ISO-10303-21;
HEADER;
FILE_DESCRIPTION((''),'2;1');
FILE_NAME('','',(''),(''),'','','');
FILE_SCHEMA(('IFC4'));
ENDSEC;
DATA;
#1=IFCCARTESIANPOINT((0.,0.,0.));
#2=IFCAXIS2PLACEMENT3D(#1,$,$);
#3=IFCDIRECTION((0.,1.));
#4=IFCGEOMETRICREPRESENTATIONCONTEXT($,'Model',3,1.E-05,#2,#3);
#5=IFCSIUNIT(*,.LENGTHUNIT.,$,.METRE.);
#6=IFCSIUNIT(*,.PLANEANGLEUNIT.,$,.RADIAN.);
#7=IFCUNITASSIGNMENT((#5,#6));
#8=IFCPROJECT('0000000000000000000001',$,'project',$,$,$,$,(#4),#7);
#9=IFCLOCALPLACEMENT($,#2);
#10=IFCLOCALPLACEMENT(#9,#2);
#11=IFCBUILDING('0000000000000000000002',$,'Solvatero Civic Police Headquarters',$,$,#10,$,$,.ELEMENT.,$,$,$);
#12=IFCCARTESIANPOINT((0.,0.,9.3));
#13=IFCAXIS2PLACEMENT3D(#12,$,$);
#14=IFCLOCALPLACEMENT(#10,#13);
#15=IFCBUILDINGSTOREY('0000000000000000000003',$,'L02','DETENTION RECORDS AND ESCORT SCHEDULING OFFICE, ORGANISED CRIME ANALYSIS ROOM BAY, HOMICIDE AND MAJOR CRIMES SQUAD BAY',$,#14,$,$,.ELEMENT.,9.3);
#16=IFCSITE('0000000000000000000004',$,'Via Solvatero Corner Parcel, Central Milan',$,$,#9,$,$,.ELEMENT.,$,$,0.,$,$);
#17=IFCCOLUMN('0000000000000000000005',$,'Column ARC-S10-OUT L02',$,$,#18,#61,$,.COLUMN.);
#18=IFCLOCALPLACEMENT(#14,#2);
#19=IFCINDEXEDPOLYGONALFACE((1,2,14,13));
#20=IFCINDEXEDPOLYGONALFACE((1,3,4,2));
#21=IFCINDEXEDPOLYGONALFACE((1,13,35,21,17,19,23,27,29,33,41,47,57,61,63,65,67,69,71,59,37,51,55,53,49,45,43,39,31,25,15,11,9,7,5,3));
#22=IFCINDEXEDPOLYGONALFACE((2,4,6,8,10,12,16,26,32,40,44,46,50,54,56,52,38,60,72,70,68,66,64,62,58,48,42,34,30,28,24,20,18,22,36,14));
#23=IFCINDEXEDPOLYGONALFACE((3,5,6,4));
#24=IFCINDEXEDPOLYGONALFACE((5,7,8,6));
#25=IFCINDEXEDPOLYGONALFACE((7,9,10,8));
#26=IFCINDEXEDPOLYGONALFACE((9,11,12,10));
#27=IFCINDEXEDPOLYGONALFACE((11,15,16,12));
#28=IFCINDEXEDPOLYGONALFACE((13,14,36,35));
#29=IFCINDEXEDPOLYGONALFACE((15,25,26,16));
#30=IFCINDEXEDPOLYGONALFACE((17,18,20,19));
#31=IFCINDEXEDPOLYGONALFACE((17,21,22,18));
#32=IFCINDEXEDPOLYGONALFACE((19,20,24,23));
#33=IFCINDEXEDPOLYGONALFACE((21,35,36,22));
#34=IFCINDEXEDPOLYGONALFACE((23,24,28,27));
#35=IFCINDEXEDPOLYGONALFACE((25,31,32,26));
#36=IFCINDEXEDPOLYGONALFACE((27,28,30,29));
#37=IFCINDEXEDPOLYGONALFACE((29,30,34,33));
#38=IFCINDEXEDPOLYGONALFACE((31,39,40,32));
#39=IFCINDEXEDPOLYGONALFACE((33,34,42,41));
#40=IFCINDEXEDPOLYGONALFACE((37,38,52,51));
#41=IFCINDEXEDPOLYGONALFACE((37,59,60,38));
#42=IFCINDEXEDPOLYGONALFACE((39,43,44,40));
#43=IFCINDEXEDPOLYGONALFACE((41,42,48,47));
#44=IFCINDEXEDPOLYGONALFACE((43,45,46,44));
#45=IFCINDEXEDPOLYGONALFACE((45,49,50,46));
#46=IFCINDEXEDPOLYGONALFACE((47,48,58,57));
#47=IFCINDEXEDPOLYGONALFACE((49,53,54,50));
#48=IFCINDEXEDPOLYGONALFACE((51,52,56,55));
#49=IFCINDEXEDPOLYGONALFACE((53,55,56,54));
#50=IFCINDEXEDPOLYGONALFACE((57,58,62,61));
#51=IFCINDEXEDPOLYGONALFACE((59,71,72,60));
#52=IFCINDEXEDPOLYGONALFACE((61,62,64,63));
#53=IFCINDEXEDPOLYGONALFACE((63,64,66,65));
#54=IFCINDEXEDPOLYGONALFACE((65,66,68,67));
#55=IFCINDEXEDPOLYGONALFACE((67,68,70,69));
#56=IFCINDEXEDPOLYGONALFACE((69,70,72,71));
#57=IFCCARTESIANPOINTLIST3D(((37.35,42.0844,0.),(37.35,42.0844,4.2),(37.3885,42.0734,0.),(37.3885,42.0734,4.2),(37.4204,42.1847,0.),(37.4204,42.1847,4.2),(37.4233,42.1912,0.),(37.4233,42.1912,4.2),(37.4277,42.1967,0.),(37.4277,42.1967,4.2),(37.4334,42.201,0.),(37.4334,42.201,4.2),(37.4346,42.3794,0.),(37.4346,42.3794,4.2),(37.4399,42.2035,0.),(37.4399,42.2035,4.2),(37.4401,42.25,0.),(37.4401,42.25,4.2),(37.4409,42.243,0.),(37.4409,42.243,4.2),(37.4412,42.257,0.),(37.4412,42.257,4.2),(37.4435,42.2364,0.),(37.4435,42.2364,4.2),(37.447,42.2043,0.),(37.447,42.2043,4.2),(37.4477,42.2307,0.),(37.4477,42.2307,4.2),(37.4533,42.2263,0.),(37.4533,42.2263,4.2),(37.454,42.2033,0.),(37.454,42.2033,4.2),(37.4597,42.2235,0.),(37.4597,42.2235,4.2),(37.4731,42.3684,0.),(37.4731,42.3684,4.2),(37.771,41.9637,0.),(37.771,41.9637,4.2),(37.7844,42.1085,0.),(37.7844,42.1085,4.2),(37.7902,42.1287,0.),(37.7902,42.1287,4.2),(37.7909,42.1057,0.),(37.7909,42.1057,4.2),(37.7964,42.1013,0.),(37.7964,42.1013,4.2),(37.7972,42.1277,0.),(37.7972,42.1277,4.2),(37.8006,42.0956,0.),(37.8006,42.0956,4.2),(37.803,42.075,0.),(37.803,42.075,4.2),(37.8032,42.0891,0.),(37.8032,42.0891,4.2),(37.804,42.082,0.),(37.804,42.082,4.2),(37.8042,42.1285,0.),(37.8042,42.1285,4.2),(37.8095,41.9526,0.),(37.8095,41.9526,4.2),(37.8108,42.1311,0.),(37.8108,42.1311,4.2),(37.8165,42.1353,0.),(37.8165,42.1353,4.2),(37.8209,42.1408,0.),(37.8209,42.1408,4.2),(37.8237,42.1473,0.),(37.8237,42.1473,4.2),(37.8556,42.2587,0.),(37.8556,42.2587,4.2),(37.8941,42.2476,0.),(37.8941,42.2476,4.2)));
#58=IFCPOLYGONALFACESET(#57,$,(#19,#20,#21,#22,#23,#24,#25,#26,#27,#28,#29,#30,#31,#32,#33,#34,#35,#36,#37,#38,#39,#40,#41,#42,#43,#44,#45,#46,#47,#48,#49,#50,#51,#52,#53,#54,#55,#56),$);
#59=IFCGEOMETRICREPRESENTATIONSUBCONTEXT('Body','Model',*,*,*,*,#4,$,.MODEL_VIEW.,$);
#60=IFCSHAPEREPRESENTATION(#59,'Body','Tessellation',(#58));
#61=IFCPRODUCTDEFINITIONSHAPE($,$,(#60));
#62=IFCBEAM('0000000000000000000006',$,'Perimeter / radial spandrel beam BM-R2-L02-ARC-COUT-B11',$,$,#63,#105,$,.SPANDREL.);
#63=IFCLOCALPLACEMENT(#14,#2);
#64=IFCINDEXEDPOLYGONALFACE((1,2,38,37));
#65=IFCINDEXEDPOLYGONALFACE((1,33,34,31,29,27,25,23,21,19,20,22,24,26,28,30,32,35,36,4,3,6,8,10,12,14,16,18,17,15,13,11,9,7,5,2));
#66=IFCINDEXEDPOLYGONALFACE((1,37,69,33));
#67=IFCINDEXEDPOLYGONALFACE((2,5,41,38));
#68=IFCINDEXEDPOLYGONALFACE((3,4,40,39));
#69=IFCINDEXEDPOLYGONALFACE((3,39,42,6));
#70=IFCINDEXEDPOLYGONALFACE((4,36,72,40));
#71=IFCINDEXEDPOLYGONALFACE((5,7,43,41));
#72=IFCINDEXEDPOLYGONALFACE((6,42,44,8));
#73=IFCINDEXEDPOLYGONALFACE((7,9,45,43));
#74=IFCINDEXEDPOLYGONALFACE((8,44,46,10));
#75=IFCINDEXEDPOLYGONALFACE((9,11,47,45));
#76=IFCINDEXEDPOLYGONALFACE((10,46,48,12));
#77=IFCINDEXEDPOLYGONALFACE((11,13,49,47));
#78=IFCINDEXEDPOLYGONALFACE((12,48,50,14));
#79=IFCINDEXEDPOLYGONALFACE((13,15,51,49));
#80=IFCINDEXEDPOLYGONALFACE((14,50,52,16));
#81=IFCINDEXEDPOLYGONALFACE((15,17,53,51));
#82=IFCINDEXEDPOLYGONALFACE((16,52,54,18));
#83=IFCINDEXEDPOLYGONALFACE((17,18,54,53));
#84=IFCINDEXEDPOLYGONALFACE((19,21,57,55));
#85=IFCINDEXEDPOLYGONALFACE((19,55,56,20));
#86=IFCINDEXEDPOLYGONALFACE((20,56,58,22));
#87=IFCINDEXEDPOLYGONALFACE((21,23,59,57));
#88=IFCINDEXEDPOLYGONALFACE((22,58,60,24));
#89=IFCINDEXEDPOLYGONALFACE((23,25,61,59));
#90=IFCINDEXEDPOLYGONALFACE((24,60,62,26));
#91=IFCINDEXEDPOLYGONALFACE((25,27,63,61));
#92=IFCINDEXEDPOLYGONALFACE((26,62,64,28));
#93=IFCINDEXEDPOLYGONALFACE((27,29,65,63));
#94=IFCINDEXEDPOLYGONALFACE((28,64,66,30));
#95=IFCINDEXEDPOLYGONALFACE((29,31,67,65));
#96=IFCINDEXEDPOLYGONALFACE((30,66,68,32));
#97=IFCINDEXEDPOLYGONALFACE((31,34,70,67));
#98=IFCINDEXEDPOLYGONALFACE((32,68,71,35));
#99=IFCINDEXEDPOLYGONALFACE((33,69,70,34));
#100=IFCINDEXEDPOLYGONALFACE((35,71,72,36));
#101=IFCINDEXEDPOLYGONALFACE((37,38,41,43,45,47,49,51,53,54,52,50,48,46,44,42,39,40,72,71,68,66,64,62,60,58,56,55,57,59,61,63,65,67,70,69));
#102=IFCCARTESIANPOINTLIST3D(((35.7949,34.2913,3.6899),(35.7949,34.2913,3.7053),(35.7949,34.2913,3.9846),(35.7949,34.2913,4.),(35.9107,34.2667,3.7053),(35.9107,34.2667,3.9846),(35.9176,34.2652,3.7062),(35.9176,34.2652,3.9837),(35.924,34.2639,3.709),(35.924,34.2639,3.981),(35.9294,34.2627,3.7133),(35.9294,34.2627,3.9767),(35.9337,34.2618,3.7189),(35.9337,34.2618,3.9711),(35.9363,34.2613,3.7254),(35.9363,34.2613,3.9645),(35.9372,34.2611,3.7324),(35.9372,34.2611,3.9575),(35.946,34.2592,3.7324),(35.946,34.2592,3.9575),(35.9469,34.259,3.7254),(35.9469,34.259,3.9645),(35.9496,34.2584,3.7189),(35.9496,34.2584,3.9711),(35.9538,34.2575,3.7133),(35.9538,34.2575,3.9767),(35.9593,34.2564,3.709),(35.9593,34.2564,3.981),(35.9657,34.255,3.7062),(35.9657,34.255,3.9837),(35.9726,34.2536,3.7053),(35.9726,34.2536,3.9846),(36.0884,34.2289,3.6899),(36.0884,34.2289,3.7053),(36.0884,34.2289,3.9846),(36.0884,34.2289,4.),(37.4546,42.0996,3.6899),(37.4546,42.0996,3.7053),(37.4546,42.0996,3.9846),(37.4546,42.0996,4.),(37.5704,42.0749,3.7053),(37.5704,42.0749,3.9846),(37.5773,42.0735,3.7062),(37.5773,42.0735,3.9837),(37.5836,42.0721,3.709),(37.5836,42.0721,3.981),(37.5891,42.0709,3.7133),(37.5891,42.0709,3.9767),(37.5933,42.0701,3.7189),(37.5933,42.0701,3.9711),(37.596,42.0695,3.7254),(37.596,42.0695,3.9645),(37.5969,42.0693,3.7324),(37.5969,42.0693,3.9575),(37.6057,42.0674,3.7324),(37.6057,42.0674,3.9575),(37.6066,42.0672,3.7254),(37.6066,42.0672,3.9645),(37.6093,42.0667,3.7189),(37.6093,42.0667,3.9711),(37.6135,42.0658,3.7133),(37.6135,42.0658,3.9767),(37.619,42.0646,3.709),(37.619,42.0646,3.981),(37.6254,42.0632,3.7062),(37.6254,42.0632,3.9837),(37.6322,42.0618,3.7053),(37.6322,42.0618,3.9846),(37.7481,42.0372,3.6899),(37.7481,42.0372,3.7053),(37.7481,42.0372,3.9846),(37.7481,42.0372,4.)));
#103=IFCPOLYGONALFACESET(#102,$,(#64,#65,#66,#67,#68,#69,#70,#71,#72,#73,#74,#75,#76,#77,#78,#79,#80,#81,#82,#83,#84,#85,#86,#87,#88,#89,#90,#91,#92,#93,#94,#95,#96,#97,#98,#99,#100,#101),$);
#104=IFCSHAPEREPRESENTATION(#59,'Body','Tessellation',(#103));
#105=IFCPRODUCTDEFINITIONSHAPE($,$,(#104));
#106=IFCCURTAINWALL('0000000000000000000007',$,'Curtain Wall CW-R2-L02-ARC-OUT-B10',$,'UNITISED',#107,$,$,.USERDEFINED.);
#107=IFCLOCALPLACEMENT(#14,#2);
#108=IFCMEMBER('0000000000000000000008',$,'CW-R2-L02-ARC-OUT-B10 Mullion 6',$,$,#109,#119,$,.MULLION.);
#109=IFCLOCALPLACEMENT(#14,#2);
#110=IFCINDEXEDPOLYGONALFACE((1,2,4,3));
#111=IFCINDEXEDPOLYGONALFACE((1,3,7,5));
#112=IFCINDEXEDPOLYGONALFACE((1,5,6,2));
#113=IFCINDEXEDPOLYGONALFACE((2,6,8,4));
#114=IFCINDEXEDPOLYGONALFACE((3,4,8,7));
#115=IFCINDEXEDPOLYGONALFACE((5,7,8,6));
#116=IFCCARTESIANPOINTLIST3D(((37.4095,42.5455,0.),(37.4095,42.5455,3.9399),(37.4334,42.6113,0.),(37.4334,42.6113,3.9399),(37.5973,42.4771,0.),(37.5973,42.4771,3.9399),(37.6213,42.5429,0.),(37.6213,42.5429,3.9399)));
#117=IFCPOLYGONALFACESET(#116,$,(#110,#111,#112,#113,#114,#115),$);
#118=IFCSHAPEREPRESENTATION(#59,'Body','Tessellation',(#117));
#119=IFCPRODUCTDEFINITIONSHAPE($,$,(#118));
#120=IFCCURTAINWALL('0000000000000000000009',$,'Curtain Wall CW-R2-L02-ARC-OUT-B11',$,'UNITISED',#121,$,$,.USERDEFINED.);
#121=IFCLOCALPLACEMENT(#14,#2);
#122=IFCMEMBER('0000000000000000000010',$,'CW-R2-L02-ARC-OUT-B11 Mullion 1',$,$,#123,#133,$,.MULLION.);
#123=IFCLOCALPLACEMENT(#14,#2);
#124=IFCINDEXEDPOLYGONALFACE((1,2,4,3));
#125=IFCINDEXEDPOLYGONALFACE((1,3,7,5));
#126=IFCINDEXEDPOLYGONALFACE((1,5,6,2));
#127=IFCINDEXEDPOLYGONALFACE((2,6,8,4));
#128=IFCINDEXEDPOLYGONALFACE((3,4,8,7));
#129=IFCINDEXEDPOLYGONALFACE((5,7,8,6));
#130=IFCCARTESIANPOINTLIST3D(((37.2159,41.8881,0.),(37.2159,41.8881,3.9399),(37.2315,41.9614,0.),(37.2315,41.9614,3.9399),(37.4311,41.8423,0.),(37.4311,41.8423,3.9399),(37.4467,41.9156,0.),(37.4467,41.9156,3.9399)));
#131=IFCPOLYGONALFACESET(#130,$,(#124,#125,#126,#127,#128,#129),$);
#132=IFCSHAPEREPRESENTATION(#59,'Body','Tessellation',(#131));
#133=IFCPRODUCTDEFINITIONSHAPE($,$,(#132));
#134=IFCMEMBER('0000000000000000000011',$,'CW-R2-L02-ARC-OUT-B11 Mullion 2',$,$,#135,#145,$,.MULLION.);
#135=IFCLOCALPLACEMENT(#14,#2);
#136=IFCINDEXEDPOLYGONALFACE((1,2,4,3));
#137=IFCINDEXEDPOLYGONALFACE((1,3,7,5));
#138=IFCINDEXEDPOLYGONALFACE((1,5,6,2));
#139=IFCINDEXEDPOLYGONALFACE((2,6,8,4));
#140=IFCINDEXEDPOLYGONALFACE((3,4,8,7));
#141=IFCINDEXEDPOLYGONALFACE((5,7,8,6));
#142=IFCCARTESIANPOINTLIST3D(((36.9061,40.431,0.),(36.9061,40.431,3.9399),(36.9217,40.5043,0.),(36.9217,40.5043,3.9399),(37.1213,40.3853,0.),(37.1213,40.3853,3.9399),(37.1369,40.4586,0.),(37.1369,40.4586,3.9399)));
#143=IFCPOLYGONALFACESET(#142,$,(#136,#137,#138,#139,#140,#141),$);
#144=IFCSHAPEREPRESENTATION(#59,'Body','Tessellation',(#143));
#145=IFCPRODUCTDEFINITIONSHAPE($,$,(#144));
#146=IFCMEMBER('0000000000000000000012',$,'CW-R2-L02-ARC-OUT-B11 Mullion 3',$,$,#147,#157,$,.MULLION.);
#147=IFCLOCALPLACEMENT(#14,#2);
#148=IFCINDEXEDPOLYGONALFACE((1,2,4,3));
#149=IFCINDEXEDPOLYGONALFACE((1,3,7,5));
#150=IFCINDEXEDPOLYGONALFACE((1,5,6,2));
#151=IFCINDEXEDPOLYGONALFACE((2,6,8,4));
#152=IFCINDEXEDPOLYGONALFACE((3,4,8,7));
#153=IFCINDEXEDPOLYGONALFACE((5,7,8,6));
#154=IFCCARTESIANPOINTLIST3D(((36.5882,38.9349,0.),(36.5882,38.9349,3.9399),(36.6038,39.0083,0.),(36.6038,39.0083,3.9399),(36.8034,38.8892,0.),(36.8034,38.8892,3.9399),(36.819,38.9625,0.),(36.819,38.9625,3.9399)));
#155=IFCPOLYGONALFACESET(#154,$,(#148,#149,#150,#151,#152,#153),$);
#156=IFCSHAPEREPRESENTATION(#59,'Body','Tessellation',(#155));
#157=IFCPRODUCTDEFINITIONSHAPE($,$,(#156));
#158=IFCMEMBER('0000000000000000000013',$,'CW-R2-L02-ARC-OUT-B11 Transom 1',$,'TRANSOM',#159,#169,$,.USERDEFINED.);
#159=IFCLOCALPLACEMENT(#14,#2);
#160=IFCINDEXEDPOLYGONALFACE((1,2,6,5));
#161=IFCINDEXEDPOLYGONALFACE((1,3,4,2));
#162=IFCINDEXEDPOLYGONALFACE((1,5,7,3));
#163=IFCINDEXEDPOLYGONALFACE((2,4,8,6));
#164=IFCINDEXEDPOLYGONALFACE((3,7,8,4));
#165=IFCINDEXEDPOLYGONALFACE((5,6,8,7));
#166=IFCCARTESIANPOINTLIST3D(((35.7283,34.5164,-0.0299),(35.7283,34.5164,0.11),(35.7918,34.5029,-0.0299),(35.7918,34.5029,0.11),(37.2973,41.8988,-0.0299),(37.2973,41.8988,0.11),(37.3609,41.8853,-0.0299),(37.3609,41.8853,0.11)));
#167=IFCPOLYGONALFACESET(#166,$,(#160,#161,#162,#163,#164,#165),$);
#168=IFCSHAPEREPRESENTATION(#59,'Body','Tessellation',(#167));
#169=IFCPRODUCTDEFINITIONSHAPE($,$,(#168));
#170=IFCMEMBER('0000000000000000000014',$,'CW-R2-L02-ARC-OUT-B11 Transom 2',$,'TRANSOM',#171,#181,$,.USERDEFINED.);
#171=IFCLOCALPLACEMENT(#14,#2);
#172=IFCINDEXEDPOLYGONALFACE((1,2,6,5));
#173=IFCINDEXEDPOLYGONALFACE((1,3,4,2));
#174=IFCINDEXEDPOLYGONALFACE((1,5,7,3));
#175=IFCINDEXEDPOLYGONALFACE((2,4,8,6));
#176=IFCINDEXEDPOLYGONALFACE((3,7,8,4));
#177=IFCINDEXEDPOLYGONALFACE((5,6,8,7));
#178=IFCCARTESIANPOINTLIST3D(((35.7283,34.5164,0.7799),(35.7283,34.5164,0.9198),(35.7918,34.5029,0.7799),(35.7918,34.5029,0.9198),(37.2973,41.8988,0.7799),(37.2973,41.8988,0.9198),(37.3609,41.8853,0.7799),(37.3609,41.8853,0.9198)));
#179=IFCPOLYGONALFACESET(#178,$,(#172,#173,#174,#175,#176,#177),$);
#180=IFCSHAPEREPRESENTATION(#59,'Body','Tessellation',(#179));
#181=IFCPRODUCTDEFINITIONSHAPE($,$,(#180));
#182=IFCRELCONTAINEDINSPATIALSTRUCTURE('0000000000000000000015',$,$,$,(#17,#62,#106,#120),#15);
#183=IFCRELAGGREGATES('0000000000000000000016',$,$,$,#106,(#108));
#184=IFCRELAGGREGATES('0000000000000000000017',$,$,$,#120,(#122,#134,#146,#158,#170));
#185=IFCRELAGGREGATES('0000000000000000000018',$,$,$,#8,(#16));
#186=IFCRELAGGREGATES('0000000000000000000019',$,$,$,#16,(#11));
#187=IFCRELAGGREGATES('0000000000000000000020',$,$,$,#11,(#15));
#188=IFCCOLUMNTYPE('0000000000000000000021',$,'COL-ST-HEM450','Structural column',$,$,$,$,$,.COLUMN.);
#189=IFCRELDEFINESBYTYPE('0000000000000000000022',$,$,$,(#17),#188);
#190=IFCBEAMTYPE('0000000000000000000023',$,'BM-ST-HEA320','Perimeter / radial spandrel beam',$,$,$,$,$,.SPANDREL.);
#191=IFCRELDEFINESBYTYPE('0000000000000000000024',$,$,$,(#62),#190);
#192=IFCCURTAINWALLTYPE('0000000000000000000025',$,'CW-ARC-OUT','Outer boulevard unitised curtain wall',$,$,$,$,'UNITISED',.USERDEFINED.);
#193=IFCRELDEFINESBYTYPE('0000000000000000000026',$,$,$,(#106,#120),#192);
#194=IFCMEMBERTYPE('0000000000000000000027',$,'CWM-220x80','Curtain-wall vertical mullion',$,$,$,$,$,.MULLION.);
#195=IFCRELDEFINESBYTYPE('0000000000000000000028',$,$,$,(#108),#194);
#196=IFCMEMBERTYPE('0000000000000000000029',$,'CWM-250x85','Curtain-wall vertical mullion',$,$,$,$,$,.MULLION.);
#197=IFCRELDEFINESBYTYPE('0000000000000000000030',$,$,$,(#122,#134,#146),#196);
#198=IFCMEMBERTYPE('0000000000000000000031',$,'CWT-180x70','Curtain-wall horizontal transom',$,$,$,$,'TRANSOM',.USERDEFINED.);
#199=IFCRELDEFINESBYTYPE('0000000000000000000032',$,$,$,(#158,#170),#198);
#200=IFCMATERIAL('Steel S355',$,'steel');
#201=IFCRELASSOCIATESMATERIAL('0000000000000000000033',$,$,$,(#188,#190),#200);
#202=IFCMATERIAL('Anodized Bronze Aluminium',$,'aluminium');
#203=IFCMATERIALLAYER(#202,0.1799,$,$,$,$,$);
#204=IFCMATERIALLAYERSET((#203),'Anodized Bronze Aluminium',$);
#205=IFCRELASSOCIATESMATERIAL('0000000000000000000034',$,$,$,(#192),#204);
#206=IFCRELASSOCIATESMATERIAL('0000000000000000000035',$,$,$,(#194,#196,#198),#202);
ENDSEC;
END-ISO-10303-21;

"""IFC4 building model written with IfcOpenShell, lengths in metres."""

from ifc_helpers import new_model, si_unit, direction, frame, origin, origin_2d, place, context, subcontext, project, spatial, rectangle, i_section, extrude, material, layer, layer_set, material_profile, profile_set, type_object, element, aggregate, save


model = new_model("IFC4")

# Units and contexts
model_context = context("Model", 3, precision=1e-05, world=origin(), true_north=direction((0.0, 1.0)))
body_context = subcontext(model_context, "Body", "Model", "MODEL_VIEW")
ifc_project = project(units=[si_unit("LENGTHUNIT", "METRE"), si_unit("PLANEANGLEUNIT", "RADIAN")], contexts=[model_context])

# Site, building, storey
site_placement = place(None, origin())
site = spatial("IfcSite", under=ifc_project, at=site_placement, Name="Via Solvatero Corner Parcel, Central Milan", CompositionType="ELEMENT", RefElevation=0.0)
building_placement = place(site_placement, origin())
building = spatial("IfcBuilding", under=site, at=building_placement, Name="Solvatero Civic Police Headquarters", CompositionType="ELEMENT")
storey_placement = place(building_placement, frame((0.0, 0.0, 9.3)))
storey = spatial("IfcBuildingStorey", under=building, at=storey_placement, Name="L02", Description="DETENTION RECORDS AND ESCORT SCHEDULING OFFICE, ORGANISED CRIME ANALYSIS ROOM BAY, HOMICIDE AND MAJOR CRIMES SQUAD BAY", CompositionType="ELEMENT", Elevation=9.3)

# Column
ifc_material_1 = material(Name="Steel S355", Category="steel")
ifc_material_profile_1 = material_profile(ifc_material_1, i_section(OverallWidth=0.3069, OverallDepth=0.478, WebThickness=0.021, FlangeThickness=0.04, FilletRadius=0.0271, at=origin_2d()), Name="HEM 450")
ifc_profile_set_1 = profile_set([ifc_material_profile_1], Name="Steel S355")
column_type = type_object("IfcColumnType", Name="COL-ST-HEM450", Description="Structural column", PredefinedType="COLUMN", material=ifc_profile_set_1)
column_placement = place(storey_placement, frame((37.6221, 42.166, 0.0), z_axis=(0.0, 0.0, 1.0), x_axis=(0.275637, 0.961262, 0.0)))
element("IfcColumn", 1, at=column_placement, inside=storey, type_object=column_type, Name="Column ARC-S10-OUT L02", PredefinedType="COLUMN", context=body_context, shape_type="SweptSolid", body=[
    extrude(i_section(OverallWidth=0.3069, OverallDepth=0.478, WebThickness=0.021, FlangeThickness=0.04, FilletRadius=0.0271, at=origin_2d()), origin(), (0.0, 0.0, 1.0), 4.2),
])

# Beam
ifc_material_profile_2 = material_profile(ifc_material_1, i_section(OverallWidth=0.3, OverallDepth=0.3101, WebThickness=0.009, FlangeThickness=0.0154, FilletRadius=0.0271, at=origin_2d()), Name="HEA 320")
ifc_profile_set_2 = profile_set([ifc_material_profile_2], Name="Steel S355")
beam_type = type_object("IfcBeamType", Name="BM-ST-HEA320", Description="Perimeter / radial spandrel beam", PredefinedType="SPANDREL", material=ifc_profile_set_2)
beam_placement = place(storey_placement, frame((37.6013, 42.0684, 3.845), z_axis=(-0.207912, -0.978148, 0.0), x_axis=(0.978148, -0.207912, 0.0)))
element("IfcBeam", 2, at=beam_placement, inside=storey, type_object=beam_type, Name="Perimeter / radial spandrel beam BM-R2-L02-ARC-COUT-B11", PredefinedType="SPANDREL", context=body_context, shape_type="SweptSolid", body=[
    extrude(i_section(OverallWidth=0.3, OverallDepth=0.3101, WebThickness=0.009, FlangeThickness=0.0154, FilletRadius=0.0271, at=origin_2d()), origin(), (0.0, 0.0, 1.0), 7.9827),
])

# Curtain wall, member
ifc_material_2 = material(Name="Anodized Bronze Aluminium", Category="aluminium")
ifc_layer_1 = layer(ifc_material_2, 0.1799)
ifc_layer_set_1 = layer_set([ifc_layer_1], Name="Anodized Bronze Aluminium")
curtain_wall_type = type_object("IfcCurtainWallType", Name="CW-ARC-OUT", Description="Outer boulevard unitised curtain wall", ElementType="UNITISED", PredefinedType="USERDEFINED", material=ifc_layer_set_1)
curtain_wall_1_placement = place(storey_placement, origin())
curtain_wall_1 = element("IfcCurtainWall", 3, at=curtain_wall_1_placement, inside=storey, type_object=curtain_wall_type, Name="Curtain Wall CW-R2-L02-ARC-OUT-B10", ObjectType="UNITISED", PredefinedType="USERDEFINED")
ifc_material_profile_3 = material_profile(ifc_material_2, rectangle(XDim=0.0701, YDim=0.2, at=origin_2d()), Name="ALU MULLION 70x200")
ifc_profile_set_3 = profile_set([ifc_material_profile_3], Name="Anodized Bronze Aluminium")
member_type_1 = type_object("IfcMemberType", Name="CWM-220x80", Description="Curtain-wall vertical mullion", PredefinedType="MULLION", material=ifc_profile_set_3)
member_1_placement = place(storey_placement, frame((37.5154, 42.5442, 0.0), z_axis=(0.0, 0.0, 1.0), x_axis=(-0.34202, -0.939693, 0.0)))
member_1 = element("IfcMember", 4, at=member_1_placement, type_object=member_type_1, Name="CW-R2-L02-ARC-OUT-B10 Mullion 6", PredefinedType="MULLION", context=body_context, shape_type="SweptSolid", body=[
    extrude(rectangle(XDim=0.0701, YDim=0.2, at=origin_2d()), origin(), (0.0, 0.0, 1.0), 3.9399),
])
aggregate(curtain_wall_1, [member_1])

# Curtain wall, members
curtain_wall_2_placement = place(storey_placement, origin())
curtain_wall_2 = element("IfcCurtainWall", 5, at=curtain_wall_2_placement, inside=storey, type_object=curtain_wall_type, Name="Curtain Wall CW-R2-L02-ARC-OUT-B11", ObjectType="UNITISED", PredefinedType="USERDEFINED")
ifc_material_profile_4 = material_profile(ifc_material_2, rectangle(XDim=0.075, YDim=0.22, at=origin_2d()), Name="ALU MULLION 75x220")
ifc_profile_set_4 = profile_set([ifc_material_profile_4], Name="Anodized Bronze Aluminium")
member_type_2 = type_object("IfcMemberType", Name="CWM-250x85", Description="Curtain-wall vertical mullion", PredefinedType="MULLION", material=ifc_profile_set_4)
member_2_placement = place(storey_placement, frame((37.3313, 41.9019, 0.0), z_axis=(0.0, 0.0, 1.0), x_axis=(-0.207912, -0.978148, 0.0)))
member_2 = element("IfcMember", 6, at=member_2_placement, type_object=member_type_2, Name="CW-R2-L02-ARC-OUT-B11 Mullion 1", PredefinedType="MULLION", context=body_context, shape_type="SweptSolid", body=[
    extrude(rectangle(XDim=0.075, YDim=0.22, at=origin_2d()), origin(), (0.0, 0.0, 1.0), 3.9399),
])
member_3_placement = place(storey_placement, frame((37.0215, 40.4448, 0.0), z_axis=(0.0, 0.0, 1.0), x_axis=(-0.207912, -0.978148, 0.0)))
member_3 = element("IfcMember", 7, at=member_3_placement, type_object=member_type_2, Name="CW-R2-L02-ARC-OUT-B11 Mullion 2", PredefinedType="MULLION", context=body_context, shape_type="SweptSolid", body=[
    extrude(rectangle(XDim=0.075, YDim=0.22, at=origin_2d()), origin(), (0.0, 0.0, 1.0), 3.9399),
])
member_4_placement = place(storey_placement, frame((36.7036, 38.9487, 0.0), z_axis=(0.0, 0.0, 1.0), x_axis=(-0.207912, -0.978148, 0.0)))
member_4 = element("IfcMember", 8, at=member_4_placement, type_object=member_type_2, Name="CW-R2-L02-ARC-OUT-B11 Mullion 3", PredefinedType="MULLION", context=body_context, shape_type="SweptSolid", body=[
    extrude(rectangle(XDim=0.075, YDim=0.22, at=origin_2d()), origin(), (0.0, 0.0, 1.0), 3.9399),
])
ifc_material_profile_5 = material_profile(ifc_material_2, rectangle(XDim=0.0649, YDim=0.1399, at=origin_2d()), Name="ALU TRANSOM 65x140")
ifc_profile_set_5 = profile_set([ifc_material_profile_5], Name="Anodized Bronze Aluminium")
member_type_3 = type_object("IfcMemberType", Name="CWT-180x70", Description="Curtain-wall horizontal transom", ElementType="TRANSOM", PredefinedType="USERDEFINED", material=ifc_profile_set_5)
member_5_placement = place(storey_placement, frame((37.3291, 41.8921, 0.04), z_axis=(-0.207896, -0.978151, 0.0), x_axis=(0.978151, -0.207896, 0.0)))
member_5 = element("IfcMember", 9, at=member_5_placement, type_object=member_type_3, Name="CW-R2-L02-ARC-OUT-B11 Transom 1", ObjectType="TRANSOM", PredefinedType="USERDEFINED", context=body_context, shape_type="SweptSolid", body=[
    extrude(rectangle(XDim=0.0649, YDim=0.1399, at=origin_2d()), origin(), (0.0, 0.0, 1.0), 7.5474),
])
member_6_placement = place(storey_placement, frame((37.3291, 41.8921, 0.8499), z_axis=(-0.207896, -0.978151, 0.0), x_axis=(0.978151, -0.207896, 0.0)))
member_6 = element("IfcMember", 10, at=member_6_placement, type_object=member_type_3, Name="CW-R2-L02-ARC-OUT-B11 Transom 2", ObjectType="TRANSOM", PredefinedType="USERDEFINED", context=body_context, shape_type="SweptSolid", body=[
    extrude(rectangle(XDim=0.0649, YDim=0.1399, at=origin_2d()), origin(), (0.0, 0.0, 1.0), 7.5474),
])
aggregate(curtain_wall_2, [member_2, member_3, member_4, member_5, member_6])

save(model, "model.ifc")
